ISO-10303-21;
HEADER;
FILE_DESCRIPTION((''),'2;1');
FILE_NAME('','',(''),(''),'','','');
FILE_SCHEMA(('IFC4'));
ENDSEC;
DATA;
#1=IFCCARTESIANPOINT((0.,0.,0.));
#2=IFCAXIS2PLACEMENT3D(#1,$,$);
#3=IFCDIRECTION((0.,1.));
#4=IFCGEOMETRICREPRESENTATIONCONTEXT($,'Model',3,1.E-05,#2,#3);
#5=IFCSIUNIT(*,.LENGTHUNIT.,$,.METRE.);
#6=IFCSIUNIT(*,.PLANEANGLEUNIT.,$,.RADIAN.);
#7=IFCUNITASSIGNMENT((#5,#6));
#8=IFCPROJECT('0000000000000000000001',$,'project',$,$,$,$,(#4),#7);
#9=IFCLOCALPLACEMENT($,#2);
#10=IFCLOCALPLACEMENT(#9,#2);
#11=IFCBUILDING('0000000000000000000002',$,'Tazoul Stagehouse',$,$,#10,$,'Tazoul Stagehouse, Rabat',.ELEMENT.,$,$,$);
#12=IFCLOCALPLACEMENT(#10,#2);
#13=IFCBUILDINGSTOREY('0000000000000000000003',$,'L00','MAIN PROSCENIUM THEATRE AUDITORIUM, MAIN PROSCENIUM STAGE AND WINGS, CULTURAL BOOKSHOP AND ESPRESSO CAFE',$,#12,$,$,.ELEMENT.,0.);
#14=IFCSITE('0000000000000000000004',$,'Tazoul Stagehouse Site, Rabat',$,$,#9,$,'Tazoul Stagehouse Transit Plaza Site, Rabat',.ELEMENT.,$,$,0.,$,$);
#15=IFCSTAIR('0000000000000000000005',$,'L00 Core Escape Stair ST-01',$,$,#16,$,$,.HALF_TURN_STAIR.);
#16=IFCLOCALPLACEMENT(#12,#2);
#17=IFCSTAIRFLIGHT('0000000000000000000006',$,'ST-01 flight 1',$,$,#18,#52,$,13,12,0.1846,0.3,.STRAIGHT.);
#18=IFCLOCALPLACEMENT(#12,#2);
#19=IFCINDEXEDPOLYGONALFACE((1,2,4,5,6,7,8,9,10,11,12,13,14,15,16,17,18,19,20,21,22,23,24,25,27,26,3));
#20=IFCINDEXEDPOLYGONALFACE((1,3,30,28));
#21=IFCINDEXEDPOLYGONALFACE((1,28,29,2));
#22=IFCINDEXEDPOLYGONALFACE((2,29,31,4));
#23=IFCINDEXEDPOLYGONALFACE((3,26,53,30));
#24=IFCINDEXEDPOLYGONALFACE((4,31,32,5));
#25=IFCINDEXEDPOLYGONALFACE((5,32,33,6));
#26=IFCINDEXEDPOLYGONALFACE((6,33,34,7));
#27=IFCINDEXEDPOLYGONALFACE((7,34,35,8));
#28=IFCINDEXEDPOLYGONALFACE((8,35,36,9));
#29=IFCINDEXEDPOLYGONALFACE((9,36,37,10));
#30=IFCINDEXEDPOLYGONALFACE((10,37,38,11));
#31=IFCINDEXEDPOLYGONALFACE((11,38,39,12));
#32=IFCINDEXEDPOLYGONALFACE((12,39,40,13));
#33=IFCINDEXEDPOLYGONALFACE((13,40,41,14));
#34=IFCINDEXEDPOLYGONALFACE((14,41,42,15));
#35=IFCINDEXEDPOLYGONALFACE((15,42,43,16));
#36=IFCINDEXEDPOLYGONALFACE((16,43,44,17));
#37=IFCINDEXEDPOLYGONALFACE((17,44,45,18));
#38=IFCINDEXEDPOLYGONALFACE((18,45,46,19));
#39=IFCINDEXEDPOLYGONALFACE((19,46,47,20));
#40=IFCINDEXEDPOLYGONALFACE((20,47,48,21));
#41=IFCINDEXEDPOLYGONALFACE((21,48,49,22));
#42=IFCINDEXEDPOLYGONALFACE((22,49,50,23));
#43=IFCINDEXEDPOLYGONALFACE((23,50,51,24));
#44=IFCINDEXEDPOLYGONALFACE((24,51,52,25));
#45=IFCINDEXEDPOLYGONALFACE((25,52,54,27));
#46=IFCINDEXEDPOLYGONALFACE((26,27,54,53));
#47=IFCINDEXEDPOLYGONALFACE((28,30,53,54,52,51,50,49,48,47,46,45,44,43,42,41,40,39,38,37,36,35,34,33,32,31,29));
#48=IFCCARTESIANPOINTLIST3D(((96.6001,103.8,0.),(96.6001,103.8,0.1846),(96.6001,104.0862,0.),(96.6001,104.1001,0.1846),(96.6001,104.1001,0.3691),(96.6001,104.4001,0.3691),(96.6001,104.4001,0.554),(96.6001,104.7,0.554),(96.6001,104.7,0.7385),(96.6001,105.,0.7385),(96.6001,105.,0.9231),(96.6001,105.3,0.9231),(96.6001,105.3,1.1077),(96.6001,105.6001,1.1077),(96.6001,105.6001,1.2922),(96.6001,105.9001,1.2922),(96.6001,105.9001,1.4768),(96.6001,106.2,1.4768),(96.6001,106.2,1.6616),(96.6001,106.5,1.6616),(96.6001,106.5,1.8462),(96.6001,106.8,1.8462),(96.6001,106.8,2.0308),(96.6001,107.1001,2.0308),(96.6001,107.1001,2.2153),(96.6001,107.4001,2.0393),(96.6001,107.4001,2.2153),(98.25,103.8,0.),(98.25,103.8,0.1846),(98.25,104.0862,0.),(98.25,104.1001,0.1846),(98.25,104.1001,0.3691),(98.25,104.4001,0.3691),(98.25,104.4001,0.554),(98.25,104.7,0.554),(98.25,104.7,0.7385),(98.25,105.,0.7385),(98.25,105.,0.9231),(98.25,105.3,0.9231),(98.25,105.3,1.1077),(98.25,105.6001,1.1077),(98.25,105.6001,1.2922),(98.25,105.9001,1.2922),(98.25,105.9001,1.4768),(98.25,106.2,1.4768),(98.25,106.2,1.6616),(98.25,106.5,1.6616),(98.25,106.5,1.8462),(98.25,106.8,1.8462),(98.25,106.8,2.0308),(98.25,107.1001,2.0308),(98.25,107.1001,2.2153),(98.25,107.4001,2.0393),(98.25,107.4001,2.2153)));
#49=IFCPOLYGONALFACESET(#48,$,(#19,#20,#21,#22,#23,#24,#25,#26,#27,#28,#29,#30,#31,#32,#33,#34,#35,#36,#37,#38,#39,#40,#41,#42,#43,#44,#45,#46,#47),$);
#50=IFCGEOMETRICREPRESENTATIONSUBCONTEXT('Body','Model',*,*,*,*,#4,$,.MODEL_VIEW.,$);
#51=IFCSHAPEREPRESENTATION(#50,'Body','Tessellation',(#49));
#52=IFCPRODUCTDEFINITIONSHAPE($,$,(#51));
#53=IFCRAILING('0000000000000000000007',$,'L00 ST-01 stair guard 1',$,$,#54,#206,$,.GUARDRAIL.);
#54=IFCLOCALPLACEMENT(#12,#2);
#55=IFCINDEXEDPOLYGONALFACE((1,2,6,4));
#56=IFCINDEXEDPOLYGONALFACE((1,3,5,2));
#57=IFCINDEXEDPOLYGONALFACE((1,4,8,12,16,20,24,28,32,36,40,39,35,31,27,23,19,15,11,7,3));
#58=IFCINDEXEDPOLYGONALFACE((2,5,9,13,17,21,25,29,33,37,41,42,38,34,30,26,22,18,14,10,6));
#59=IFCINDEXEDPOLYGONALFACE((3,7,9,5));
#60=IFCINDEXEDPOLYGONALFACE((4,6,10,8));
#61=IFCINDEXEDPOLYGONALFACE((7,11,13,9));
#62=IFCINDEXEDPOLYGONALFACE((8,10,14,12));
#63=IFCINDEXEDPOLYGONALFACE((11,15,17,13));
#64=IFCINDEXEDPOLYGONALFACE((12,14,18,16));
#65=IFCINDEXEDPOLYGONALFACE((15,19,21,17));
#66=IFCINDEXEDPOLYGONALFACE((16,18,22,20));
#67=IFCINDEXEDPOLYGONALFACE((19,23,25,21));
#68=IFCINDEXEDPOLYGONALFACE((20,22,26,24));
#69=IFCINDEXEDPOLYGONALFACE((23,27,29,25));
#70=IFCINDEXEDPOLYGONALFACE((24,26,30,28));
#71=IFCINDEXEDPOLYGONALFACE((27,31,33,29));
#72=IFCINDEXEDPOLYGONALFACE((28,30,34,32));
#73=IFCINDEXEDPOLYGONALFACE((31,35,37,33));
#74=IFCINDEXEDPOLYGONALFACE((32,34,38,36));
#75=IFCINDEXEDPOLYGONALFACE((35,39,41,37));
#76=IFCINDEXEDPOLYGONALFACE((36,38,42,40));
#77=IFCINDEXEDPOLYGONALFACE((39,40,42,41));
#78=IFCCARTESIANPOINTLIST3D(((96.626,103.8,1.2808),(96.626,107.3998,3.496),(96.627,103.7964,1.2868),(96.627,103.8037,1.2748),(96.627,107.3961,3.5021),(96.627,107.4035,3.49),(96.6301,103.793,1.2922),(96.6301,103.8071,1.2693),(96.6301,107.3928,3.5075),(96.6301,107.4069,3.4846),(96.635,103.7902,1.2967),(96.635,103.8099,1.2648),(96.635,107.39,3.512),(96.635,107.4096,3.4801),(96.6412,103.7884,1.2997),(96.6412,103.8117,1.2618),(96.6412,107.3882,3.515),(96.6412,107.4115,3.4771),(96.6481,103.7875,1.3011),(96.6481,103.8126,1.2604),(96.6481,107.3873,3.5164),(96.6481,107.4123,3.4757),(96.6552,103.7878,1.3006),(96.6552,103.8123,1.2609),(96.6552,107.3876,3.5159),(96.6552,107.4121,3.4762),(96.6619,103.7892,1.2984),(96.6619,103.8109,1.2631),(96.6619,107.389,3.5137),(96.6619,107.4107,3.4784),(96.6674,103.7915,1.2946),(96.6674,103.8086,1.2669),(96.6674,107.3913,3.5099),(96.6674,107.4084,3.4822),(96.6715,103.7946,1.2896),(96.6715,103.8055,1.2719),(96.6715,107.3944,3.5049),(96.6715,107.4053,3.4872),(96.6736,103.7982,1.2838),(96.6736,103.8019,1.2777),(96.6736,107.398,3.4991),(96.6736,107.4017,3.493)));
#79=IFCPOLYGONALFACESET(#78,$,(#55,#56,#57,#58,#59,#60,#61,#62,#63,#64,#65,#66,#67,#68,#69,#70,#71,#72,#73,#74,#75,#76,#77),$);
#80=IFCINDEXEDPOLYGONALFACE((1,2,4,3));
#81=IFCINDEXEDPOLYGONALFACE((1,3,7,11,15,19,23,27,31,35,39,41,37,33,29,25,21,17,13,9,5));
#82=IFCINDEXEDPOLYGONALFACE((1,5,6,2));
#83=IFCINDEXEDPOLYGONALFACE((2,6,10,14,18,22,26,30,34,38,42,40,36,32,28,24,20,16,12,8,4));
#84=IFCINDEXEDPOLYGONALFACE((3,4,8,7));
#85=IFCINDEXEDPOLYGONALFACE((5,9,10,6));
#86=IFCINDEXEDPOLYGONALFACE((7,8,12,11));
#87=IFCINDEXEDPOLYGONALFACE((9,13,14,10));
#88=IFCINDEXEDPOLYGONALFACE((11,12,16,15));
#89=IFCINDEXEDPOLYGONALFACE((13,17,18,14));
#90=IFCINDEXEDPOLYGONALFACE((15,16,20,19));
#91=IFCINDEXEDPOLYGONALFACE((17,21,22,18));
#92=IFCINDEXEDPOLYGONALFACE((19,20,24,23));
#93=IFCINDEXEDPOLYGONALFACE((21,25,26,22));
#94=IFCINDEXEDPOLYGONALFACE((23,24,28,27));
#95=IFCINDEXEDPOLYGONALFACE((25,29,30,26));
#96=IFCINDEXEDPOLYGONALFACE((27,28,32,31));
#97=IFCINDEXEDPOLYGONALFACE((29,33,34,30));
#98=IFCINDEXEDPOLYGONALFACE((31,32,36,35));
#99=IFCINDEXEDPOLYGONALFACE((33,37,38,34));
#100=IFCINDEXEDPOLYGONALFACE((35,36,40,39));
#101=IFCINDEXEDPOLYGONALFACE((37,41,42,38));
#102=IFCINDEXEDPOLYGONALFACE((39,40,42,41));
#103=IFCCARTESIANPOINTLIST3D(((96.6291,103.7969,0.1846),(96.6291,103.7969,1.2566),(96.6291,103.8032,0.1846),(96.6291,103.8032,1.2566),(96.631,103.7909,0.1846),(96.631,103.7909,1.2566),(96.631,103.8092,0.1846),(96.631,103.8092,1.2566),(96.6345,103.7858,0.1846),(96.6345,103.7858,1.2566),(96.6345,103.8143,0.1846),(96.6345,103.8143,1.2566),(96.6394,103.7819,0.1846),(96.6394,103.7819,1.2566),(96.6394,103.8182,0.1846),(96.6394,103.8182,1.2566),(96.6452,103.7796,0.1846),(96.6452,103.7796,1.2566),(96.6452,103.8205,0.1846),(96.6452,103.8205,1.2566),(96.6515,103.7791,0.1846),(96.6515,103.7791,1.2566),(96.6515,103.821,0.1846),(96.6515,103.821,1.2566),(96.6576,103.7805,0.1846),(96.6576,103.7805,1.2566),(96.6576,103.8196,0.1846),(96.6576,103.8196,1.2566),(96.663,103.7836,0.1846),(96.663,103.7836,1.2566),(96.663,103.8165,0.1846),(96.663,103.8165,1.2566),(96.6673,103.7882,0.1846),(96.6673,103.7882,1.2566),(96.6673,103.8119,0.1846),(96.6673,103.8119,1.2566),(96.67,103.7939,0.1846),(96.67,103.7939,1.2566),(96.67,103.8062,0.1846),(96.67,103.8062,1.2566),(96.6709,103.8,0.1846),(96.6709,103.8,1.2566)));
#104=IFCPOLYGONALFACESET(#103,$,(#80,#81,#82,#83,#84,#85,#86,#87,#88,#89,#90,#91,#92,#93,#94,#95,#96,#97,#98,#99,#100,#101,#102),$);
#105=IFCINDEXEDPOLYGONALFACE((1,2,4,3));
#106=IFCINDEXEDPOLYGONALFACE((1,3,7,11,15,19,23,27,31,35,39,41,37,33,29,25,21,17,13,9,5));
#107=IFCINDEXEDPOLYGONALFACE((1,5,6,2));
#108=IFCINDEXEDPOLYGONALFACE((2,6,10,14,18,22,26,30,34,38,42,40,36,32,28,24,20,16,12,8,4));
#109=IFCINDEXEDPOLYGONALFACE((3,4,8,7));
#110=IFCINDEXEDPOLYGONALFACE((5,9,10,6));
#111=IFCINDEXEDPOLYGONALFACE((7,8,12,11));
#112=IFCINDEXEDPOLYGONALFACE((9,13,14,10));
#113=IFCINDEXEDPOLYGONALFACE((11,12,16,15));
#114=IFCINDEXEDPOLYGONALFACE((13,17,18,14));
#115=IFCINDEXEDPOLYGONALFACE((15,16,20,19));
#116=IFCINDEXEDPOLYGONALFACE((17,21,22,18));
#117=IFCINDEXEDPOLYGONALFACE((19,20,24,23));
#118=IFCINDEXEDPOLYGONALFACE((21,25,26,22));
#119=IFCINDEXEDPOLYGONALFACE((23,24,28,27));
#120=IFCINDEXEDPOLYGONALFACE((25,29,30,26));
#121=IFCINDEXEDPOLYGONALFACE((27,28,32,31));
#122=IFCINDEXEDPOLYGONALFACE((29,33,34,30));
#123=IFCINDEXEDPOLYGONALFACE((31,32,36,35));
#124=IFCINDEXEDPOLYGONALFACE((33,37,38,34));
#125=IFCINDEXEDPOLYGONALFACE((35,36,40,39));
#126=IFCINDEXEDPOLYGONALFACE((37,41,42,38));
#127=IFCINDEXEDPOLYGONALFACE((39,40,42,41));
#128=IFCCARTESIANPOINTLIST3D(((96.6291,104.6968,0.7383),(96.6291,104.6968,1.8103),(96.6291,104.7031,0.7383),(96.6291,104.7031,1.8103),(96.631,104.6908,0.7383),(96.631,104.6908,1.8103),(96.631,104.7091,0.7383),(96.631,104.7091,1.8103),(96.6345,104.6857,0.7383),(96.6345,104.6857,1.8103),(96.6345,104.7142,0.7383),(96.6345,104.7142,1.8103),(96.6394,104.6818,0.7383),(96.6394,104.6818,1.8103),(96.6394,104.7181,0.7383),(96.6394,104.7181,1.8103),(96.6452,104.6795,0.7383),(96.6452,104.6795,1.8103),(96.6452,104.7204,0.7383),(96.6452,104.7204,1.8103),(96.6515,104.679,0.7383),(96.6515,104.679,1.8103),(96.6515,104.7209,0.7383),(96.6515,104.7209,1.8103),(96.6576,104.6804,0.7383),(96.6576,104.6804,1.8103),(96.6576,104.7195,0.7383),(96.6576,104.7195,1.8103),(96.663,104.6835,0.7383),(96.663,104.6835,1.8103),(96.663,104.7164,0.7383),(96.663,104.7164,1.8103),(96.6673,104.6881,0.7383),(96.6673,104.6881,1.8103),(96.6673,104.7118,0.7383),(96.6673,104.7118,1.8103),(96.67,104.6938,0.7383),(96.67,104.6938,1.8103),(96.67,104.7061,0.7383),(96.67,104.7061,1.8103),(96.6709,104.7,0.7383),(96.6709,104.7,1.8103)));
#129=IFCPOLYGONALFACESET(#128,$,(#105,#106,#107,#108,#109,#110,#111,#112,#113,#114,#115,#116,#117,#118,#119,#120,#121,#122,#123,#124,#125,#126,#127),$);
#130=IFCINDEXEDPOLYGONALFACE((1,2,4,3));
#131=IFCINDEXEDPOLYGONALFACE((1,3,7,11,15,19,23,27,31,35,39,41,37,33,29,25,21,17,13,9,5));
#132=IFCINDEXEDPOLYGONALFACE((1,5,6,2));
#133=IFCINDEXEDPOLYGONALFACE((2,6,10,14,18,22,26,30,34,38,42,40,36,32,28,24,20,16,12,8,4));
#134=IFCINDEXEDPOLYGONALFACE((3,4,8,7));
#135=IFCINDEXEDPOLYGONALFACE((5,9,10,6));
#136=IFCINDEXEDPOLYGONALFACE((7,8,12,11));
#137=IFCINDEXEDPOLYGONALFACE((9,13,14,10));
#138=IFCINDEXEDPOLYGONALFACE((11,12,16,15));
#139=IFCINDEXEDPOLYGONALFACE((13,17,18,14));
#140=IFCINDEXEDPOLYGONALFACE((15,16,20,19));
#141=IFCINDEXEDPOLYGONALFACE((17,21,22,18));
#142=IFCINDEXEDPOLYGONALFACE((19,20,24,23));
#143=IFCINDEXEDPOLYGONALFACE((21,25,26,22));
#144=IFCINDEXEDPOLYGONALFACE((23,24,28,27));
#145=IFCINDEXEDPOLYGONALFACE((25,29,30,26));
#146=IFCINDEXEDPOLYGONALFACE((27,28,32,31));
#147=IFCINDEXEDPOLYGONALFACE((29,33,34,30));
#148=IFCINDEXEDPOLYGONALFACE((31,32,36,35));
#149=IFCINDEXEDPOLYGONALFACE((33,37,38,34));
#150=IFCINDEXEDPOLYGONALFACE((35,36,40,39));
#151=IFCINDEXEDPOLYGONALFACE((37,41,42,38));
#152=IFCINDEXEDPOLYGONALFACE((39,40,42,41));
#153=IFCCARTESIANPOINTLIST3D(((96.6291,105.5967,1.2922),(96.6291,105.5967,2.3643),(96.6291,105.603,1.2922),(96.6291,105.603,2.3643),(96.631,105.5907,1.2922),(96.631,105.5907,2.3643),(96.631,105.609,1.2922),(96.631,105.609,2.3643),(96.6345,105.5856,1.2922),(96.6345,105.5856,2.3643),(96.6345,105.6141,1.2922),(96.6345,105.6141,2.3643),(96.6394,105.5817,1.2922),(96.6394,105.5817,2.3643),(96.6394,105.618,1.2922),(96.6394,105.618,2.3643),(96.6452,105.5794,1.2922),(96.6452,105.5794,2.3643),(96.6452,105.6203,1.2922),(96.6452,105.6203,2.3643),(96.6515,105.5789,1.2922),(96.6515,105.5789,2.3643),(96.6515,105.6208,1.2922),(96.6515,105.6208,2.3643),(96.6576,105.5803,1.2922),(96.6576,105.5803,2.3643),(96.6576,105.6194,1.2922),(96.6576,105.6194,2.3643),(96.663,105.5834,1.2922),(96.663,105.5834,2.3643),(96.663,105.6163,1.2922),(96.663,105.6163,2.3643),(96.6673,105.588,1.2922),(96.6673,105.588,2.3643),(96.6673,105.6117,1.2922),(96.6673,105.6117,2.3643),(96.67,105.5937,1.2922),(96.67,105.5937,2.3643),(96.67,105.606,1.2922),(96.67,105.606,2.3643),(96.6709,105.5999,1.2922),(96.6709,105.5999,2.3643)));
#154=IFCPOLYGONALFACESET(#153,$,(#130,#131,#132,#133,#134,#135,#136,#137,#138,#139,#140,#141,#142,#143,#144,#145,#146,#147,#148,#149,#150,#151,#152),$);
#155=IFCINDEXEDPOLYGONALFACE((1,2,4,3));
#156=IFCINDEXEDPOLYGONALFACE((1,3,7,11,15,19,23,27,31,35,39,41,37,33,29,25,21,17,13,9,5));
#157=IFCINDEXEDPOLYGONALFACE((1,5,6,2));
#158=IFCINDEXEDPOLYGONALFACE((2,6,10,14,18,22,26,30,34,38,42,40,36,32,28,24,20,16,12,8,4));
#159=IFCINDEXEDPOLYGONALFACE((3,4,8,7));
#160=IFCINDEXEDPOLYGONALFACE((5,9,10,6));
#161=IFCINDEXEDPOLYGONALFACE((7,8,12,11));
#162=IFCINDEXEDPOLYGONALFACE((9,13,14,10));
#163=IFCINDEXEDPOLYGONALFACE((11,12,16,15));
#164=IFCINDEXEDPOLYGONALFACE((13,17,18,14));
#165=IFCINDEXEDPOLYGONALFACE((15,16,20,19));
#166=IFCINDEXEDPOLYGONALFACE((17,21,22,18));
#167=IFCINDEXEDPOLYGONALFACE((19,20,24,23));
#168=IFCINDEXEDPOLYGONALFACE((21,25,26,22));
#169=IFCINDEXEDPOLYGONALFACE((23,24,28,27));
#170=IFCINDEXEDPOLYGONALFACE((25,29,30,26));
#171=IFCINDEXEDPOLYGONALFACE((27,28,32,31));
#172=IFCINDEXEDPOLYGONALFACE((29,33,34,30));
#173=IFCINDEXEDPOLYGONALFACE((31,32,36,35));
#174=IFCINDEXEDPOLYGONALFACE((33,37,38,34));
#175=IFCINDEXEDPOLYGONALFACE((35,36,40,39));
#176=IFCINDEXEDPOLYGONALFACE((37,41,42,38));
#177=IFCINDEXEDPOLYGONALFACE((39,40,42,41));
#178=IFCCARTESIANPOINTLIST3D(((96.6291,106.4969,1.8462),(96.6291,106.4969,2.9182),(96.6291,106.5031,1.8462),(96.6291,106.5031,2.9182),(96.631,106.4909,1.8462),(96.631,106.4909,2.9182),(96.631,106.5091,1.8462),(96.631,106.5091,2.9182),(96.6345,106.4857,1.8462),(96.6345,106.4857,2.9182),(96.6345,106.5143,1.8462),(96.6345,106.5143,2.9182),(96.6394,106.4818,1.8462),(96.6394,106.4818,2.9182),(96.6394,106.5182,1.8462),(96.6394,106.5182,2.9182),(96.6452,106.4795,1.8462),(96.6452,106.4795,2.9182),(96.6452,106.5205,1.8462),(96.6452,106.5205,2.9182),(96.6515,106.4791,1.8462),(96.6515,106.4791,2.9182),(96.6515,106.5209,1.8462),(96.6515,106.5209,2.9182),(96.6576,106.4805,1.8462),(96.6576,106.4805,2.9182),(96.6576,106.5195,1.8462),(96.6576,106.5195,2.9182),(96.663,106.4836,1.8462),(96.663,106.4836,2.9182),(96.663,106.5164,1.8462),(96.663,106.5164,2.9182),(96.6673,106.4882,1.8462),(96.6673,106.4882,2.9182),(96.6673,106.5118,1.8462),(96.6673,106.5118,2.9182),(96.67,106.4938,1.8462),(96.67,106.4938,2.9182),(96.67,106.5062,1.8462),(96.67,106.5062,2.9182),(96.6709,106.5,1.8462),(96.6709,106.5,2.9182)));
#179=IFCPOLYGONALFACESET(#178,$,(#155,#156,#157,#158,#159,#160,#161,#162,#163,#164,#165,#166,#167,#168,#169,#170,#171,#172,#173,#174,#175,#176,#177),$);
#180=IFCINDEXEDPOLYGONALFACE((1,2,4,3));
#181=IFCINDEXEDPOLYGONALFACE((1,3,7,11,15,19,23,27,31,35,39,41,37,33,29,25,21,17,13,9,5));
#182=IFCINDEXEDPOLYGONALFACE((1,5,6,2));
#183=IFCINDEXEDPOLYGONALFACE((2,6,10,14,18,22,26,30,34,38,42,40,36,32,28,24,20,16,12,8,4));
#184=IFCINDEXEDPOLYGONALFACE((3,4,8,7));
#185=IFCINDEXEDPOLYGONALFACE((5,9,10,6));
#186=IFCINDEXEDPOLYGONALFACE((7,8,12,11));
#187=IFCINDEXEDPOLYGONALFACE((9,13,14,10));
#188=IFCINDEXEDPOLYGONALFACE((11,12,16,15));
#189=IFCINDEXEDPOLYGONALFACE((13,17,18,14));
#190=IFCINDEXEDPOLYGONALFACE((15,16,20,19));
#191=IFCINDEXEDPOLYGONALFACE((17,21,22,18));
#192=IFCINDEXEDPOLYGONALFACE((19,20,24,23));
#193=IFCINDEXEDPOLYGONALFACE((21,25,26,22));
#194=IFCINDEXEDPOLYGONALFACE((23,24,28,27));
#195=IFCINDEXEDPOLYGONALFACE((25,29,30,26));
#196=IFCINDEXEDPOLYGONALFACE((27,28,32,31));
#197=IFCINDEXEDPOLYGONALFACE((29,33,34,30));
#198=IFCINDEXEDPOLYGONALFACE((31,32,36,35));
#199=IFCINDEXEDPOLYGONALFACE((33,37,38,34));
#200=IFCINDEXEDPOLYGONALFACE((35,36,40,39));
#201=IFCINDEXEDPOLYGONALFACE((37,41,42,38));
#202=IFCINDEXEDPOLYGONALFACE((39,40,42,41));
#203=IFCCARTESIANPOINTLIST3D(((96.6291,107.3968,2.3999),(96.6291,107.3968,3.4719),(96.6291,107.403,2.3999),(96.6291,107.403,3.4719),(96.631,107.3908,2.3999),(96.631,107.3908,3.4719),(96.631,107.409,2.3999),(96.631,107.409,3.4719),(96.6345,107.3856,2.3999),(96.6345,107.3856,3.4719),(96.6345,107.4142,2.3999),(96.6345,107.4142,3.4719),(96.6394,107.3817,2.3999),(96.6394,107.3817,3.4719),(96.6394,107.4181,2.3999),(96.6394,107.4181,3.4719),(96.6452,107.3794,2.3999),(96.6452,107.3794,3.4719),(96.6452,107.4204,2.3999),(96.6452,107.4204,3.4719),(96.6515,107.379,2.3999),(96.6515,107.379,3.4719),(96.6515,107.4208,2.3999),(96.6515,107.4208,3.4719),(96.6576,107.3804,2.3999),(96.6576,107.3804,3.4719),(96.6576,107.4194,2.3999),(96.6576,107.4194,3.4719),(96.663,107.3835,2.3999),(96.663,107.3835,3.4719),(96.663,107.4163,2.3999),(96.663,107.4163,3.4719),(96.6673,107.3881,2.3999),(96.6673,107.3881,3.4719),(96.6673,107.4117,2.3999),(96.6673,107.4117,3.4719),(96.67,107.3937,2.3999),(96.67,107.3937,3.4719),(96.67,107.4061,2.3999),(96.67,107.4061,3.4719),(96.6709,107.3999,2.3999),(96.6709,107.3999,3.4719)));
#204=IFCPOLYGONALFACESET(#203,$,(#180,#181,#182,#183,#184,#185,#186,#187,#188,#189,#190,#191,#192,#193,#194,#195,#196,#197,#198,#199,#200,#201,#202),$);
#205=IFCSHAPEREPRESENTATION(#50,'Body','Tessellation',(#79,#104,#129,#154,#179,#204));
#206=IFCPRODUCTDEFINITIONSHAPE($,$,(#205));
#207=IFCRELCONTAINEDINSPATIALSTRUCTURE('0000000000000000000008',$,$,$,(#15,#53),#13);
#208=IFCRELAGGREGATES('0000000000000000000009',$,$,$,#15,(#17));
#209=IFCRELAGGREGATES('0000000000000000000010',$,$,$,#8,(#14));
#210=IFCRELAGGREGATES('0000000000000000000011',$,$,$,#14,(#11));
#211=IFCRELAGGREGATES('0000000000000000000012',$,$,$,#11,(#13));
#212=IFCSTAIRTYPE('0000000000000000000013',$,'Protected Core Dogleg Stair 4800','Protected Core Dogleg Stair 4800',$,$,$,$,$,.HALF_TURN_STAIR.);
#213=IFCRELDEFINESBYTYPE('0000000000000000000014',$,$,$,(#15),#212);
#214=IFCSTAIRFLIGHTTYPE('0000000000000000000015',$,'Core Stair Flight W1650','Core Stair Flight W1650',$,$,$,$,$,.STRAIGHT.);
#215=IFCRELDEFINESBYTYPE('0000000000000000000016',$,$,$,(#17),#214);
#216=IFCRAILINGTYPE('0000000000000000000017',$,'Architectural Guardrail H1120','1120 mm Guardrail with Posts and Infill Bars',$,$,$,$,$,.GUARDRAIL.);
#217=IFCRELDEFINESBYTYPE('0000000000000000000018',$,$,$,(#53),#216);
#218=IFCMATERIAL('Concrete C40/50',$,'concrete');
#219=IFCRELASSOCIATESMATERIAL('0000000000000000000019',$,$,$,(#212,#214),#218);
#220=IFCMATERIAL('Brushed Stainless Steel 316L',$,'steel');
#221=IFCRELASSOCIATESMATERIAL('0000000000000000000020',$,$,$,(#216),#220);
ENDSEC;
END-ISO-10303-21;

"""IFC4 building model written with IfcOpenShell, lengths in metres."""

from ifc_helpers import new_model, si_unit, direction, frame, origin, origin_2d, place, context, subcontext, project, spatial, polyline, circle, outline, extrude, material, material_profile, profile_set, type_object, element, aggregate, save


model = new_model("IFC4")

# Units and contexts
model_context = context("Model", 3, precision=1e-05, world=origin(), true_north=direction((0.0, 1.0)))
body_context = subcontext(model_context, "Body", "Model", "MODEL_VIEW")
ifc_project = project(units=[si_unit("LENGTHUNIT", "METRE"), si_unit("PLANEANGLEUNIT", "RADIAN")], contexts=[model_context])

# Site, building, storey
site_placement = place(None, origin())
site = spatial("IfcSite", under=ifc_project, at=site_placement, Name="Tazoul Stagehouse Site, Rabat", LongName="Tazoul Stagehouse Transit Plaza Site, Rabat", CompositionType="ELEMENT", RefElevation=0.0)
building_placement = place(site_placement, origin())
building = spatial("IfcBuilding", under=site, at=building_placement, Name="Tazoul Stagehouse", LongName="Tazoul Stagehouse, Rabat", CompositionType="ELEMENT")
storey_placement = place(building_placement, origin())
storey = spatial("IfcBuildingStorey", under=building, at=storey_placement, Name="L00", Description="MAIN PROSCENIUM THEATRE AUDITORIUM, MAIN PROSCENIUM STAGE AND WINGS, CULTURAL BOOKSHOP AND ESPRESSO CAFE", CompositionType="ELEMENT", Elevation=0.0)

# Shared definitions
ifc_material_1 = material(Name="Concrete C40/50", Category="concrete")

# Stair, stair flight
stair_type = type_object("IfcStairType", Name="Protected Core Dogleg Stair 4800", Description="Protected Core Dogleg Stair 4800", PredefinedType="HALF_TURN_STAIR", material=ifc_material_1)
stair_placement = place(storey_placement, origin())
stair = element("IfcStair", 1, at=stair_placement, inside=storey, type_object=stair_type, Name="L00 Core Escape Stair ST-01", PredefinedType="HALF_TURN_STAIR")
stair_flight_type = type_object("IfcStairFlightType", Name="Core Stair Flight W1650", Description="Core Stair Flight W1650", PredefinedType="STRAIGHT", material=ifc_material_1)
stair_flight_placement = place(storey_placement, frame((97.425, 103.8, 0.0), z_axis=(0.0, 0.0, 1.0), x_axis=(0.0, 1.0, 0.0)))
stair_flight = element("IfcStairFlight", 2, at=stair_flight_placement, type_object=stair_flight_type, Name="ST-01 flight 1", NumberOfRisers=13, NumberOfTreads=12, PredefinedType="STRAIGHT", RiserHeight=0.1846, TreadLength=0.3, context=body_context, shape_type="SweptSolid", body=[
    extrude(outline(polyline([(0.0, 0.0), (0.0, 0.1846), (0.3, 0.1846), (0.3, 0.3691), (0.6001, 0.3691), (0.6001, 0.554), (0.8999, 0.554), (0.8999, 0.7385), (1.2, 0.7385), (1.2, 0.9231), (1.5, 0.9231), (1.5, 1.1077), (1.8, 1.1077), (1.8, 1.2922), (2.1001, 1.2922), (2.1001, 1.4768), (2.3999, 1.4768), (2.3999, 1.6616), (2.7, 1.6616), (2.7, 1.8462), (3.0, 1.8462), (3.0, 2.0308), (3.3, 2.0308), (3.3, 2.2153), (3.6001, 2.2153), (3.6001, 2.3999), (3.6001, 2.0393), (0.2861, 0.0), (0.0, 0.0)])), frame((0.0, 0.825, 0.0), z_axis=(0.0, -1.0, 0.0), x_axis=(1.0, 0.0, 0.0)), (0.0, 0.0, 1.0), 1.6499),
])
aggregate(stair, [stair_flight])

# Railing
ifc_material_2 = material(Name="Brushed Stainless Steel 316L", Category="steel")
ifc_material_profile_1 = material_profile(ifc_material_2, circle(Radius=0.0239, at=origin_2d()), Name="SS RAIL D48")
ifc_profile_set_1 = profile_set([ifc_material_profile_1], Name="Brushed Stainless Steel 316L")
railing_type_1 = type_object("IfcRailingType", Name="Architectural Guardrail H1120", Description="1120 mm Guardrail with Posts and Infill Bars", PredefinedType="GUARDRAIL", material=ifc_profile_set_1)
railing_1_placement = place(storey_placement, frame((96.6499, 103.8, 0.1846)))
element("IfcRailing", 3, at=railing_1_placement, inside=storey, type_object=railing_type_1, Name="L00 ST-01 stair guard 1", PredefinedType="GUARDRAIL", context=body_context, shape_type="SweptSolid", body=[
    extrude(circle(Radius=0.0239, at=origin_2d()), frame((0.0, 0.0, 1.0962), z_axis=(0.0, 0.851654, 0.524104), x_axis=(-1.0, 0.0, 0.0)), (0.0, 0.0, 1.0), 4.2268),
    extrude(circle(Radius=0.021, at=origin_2d()), origin(), (0.0, 0.0, 1.0), 1.072),
    extrude(circle(Radius=0.021, at=origin_2d()), frame((0.0, 0.8999, 0.5537)), (0.0, 0.0, 1.0), 1.072),
    extrude(circle(Radius=0.021, at=origin_2d()), frame((0.0, 1.7998, 1.1077)), (0.0, 0.0, 1.0), 1.072),
    extrude(circle(Radius=0.021, at=origin_2d()), frame((0.0, 2.7, 1.6616)), (0.0, 0.0, 1.0), 1.072),
    extrude(circle(Radius=0.021, at=origin_2d()), frame((0.0, 3.5999, 2.2153)), (0.0, 0.0, 1.0), 1.072),
])

save(model, "model.ifc")
